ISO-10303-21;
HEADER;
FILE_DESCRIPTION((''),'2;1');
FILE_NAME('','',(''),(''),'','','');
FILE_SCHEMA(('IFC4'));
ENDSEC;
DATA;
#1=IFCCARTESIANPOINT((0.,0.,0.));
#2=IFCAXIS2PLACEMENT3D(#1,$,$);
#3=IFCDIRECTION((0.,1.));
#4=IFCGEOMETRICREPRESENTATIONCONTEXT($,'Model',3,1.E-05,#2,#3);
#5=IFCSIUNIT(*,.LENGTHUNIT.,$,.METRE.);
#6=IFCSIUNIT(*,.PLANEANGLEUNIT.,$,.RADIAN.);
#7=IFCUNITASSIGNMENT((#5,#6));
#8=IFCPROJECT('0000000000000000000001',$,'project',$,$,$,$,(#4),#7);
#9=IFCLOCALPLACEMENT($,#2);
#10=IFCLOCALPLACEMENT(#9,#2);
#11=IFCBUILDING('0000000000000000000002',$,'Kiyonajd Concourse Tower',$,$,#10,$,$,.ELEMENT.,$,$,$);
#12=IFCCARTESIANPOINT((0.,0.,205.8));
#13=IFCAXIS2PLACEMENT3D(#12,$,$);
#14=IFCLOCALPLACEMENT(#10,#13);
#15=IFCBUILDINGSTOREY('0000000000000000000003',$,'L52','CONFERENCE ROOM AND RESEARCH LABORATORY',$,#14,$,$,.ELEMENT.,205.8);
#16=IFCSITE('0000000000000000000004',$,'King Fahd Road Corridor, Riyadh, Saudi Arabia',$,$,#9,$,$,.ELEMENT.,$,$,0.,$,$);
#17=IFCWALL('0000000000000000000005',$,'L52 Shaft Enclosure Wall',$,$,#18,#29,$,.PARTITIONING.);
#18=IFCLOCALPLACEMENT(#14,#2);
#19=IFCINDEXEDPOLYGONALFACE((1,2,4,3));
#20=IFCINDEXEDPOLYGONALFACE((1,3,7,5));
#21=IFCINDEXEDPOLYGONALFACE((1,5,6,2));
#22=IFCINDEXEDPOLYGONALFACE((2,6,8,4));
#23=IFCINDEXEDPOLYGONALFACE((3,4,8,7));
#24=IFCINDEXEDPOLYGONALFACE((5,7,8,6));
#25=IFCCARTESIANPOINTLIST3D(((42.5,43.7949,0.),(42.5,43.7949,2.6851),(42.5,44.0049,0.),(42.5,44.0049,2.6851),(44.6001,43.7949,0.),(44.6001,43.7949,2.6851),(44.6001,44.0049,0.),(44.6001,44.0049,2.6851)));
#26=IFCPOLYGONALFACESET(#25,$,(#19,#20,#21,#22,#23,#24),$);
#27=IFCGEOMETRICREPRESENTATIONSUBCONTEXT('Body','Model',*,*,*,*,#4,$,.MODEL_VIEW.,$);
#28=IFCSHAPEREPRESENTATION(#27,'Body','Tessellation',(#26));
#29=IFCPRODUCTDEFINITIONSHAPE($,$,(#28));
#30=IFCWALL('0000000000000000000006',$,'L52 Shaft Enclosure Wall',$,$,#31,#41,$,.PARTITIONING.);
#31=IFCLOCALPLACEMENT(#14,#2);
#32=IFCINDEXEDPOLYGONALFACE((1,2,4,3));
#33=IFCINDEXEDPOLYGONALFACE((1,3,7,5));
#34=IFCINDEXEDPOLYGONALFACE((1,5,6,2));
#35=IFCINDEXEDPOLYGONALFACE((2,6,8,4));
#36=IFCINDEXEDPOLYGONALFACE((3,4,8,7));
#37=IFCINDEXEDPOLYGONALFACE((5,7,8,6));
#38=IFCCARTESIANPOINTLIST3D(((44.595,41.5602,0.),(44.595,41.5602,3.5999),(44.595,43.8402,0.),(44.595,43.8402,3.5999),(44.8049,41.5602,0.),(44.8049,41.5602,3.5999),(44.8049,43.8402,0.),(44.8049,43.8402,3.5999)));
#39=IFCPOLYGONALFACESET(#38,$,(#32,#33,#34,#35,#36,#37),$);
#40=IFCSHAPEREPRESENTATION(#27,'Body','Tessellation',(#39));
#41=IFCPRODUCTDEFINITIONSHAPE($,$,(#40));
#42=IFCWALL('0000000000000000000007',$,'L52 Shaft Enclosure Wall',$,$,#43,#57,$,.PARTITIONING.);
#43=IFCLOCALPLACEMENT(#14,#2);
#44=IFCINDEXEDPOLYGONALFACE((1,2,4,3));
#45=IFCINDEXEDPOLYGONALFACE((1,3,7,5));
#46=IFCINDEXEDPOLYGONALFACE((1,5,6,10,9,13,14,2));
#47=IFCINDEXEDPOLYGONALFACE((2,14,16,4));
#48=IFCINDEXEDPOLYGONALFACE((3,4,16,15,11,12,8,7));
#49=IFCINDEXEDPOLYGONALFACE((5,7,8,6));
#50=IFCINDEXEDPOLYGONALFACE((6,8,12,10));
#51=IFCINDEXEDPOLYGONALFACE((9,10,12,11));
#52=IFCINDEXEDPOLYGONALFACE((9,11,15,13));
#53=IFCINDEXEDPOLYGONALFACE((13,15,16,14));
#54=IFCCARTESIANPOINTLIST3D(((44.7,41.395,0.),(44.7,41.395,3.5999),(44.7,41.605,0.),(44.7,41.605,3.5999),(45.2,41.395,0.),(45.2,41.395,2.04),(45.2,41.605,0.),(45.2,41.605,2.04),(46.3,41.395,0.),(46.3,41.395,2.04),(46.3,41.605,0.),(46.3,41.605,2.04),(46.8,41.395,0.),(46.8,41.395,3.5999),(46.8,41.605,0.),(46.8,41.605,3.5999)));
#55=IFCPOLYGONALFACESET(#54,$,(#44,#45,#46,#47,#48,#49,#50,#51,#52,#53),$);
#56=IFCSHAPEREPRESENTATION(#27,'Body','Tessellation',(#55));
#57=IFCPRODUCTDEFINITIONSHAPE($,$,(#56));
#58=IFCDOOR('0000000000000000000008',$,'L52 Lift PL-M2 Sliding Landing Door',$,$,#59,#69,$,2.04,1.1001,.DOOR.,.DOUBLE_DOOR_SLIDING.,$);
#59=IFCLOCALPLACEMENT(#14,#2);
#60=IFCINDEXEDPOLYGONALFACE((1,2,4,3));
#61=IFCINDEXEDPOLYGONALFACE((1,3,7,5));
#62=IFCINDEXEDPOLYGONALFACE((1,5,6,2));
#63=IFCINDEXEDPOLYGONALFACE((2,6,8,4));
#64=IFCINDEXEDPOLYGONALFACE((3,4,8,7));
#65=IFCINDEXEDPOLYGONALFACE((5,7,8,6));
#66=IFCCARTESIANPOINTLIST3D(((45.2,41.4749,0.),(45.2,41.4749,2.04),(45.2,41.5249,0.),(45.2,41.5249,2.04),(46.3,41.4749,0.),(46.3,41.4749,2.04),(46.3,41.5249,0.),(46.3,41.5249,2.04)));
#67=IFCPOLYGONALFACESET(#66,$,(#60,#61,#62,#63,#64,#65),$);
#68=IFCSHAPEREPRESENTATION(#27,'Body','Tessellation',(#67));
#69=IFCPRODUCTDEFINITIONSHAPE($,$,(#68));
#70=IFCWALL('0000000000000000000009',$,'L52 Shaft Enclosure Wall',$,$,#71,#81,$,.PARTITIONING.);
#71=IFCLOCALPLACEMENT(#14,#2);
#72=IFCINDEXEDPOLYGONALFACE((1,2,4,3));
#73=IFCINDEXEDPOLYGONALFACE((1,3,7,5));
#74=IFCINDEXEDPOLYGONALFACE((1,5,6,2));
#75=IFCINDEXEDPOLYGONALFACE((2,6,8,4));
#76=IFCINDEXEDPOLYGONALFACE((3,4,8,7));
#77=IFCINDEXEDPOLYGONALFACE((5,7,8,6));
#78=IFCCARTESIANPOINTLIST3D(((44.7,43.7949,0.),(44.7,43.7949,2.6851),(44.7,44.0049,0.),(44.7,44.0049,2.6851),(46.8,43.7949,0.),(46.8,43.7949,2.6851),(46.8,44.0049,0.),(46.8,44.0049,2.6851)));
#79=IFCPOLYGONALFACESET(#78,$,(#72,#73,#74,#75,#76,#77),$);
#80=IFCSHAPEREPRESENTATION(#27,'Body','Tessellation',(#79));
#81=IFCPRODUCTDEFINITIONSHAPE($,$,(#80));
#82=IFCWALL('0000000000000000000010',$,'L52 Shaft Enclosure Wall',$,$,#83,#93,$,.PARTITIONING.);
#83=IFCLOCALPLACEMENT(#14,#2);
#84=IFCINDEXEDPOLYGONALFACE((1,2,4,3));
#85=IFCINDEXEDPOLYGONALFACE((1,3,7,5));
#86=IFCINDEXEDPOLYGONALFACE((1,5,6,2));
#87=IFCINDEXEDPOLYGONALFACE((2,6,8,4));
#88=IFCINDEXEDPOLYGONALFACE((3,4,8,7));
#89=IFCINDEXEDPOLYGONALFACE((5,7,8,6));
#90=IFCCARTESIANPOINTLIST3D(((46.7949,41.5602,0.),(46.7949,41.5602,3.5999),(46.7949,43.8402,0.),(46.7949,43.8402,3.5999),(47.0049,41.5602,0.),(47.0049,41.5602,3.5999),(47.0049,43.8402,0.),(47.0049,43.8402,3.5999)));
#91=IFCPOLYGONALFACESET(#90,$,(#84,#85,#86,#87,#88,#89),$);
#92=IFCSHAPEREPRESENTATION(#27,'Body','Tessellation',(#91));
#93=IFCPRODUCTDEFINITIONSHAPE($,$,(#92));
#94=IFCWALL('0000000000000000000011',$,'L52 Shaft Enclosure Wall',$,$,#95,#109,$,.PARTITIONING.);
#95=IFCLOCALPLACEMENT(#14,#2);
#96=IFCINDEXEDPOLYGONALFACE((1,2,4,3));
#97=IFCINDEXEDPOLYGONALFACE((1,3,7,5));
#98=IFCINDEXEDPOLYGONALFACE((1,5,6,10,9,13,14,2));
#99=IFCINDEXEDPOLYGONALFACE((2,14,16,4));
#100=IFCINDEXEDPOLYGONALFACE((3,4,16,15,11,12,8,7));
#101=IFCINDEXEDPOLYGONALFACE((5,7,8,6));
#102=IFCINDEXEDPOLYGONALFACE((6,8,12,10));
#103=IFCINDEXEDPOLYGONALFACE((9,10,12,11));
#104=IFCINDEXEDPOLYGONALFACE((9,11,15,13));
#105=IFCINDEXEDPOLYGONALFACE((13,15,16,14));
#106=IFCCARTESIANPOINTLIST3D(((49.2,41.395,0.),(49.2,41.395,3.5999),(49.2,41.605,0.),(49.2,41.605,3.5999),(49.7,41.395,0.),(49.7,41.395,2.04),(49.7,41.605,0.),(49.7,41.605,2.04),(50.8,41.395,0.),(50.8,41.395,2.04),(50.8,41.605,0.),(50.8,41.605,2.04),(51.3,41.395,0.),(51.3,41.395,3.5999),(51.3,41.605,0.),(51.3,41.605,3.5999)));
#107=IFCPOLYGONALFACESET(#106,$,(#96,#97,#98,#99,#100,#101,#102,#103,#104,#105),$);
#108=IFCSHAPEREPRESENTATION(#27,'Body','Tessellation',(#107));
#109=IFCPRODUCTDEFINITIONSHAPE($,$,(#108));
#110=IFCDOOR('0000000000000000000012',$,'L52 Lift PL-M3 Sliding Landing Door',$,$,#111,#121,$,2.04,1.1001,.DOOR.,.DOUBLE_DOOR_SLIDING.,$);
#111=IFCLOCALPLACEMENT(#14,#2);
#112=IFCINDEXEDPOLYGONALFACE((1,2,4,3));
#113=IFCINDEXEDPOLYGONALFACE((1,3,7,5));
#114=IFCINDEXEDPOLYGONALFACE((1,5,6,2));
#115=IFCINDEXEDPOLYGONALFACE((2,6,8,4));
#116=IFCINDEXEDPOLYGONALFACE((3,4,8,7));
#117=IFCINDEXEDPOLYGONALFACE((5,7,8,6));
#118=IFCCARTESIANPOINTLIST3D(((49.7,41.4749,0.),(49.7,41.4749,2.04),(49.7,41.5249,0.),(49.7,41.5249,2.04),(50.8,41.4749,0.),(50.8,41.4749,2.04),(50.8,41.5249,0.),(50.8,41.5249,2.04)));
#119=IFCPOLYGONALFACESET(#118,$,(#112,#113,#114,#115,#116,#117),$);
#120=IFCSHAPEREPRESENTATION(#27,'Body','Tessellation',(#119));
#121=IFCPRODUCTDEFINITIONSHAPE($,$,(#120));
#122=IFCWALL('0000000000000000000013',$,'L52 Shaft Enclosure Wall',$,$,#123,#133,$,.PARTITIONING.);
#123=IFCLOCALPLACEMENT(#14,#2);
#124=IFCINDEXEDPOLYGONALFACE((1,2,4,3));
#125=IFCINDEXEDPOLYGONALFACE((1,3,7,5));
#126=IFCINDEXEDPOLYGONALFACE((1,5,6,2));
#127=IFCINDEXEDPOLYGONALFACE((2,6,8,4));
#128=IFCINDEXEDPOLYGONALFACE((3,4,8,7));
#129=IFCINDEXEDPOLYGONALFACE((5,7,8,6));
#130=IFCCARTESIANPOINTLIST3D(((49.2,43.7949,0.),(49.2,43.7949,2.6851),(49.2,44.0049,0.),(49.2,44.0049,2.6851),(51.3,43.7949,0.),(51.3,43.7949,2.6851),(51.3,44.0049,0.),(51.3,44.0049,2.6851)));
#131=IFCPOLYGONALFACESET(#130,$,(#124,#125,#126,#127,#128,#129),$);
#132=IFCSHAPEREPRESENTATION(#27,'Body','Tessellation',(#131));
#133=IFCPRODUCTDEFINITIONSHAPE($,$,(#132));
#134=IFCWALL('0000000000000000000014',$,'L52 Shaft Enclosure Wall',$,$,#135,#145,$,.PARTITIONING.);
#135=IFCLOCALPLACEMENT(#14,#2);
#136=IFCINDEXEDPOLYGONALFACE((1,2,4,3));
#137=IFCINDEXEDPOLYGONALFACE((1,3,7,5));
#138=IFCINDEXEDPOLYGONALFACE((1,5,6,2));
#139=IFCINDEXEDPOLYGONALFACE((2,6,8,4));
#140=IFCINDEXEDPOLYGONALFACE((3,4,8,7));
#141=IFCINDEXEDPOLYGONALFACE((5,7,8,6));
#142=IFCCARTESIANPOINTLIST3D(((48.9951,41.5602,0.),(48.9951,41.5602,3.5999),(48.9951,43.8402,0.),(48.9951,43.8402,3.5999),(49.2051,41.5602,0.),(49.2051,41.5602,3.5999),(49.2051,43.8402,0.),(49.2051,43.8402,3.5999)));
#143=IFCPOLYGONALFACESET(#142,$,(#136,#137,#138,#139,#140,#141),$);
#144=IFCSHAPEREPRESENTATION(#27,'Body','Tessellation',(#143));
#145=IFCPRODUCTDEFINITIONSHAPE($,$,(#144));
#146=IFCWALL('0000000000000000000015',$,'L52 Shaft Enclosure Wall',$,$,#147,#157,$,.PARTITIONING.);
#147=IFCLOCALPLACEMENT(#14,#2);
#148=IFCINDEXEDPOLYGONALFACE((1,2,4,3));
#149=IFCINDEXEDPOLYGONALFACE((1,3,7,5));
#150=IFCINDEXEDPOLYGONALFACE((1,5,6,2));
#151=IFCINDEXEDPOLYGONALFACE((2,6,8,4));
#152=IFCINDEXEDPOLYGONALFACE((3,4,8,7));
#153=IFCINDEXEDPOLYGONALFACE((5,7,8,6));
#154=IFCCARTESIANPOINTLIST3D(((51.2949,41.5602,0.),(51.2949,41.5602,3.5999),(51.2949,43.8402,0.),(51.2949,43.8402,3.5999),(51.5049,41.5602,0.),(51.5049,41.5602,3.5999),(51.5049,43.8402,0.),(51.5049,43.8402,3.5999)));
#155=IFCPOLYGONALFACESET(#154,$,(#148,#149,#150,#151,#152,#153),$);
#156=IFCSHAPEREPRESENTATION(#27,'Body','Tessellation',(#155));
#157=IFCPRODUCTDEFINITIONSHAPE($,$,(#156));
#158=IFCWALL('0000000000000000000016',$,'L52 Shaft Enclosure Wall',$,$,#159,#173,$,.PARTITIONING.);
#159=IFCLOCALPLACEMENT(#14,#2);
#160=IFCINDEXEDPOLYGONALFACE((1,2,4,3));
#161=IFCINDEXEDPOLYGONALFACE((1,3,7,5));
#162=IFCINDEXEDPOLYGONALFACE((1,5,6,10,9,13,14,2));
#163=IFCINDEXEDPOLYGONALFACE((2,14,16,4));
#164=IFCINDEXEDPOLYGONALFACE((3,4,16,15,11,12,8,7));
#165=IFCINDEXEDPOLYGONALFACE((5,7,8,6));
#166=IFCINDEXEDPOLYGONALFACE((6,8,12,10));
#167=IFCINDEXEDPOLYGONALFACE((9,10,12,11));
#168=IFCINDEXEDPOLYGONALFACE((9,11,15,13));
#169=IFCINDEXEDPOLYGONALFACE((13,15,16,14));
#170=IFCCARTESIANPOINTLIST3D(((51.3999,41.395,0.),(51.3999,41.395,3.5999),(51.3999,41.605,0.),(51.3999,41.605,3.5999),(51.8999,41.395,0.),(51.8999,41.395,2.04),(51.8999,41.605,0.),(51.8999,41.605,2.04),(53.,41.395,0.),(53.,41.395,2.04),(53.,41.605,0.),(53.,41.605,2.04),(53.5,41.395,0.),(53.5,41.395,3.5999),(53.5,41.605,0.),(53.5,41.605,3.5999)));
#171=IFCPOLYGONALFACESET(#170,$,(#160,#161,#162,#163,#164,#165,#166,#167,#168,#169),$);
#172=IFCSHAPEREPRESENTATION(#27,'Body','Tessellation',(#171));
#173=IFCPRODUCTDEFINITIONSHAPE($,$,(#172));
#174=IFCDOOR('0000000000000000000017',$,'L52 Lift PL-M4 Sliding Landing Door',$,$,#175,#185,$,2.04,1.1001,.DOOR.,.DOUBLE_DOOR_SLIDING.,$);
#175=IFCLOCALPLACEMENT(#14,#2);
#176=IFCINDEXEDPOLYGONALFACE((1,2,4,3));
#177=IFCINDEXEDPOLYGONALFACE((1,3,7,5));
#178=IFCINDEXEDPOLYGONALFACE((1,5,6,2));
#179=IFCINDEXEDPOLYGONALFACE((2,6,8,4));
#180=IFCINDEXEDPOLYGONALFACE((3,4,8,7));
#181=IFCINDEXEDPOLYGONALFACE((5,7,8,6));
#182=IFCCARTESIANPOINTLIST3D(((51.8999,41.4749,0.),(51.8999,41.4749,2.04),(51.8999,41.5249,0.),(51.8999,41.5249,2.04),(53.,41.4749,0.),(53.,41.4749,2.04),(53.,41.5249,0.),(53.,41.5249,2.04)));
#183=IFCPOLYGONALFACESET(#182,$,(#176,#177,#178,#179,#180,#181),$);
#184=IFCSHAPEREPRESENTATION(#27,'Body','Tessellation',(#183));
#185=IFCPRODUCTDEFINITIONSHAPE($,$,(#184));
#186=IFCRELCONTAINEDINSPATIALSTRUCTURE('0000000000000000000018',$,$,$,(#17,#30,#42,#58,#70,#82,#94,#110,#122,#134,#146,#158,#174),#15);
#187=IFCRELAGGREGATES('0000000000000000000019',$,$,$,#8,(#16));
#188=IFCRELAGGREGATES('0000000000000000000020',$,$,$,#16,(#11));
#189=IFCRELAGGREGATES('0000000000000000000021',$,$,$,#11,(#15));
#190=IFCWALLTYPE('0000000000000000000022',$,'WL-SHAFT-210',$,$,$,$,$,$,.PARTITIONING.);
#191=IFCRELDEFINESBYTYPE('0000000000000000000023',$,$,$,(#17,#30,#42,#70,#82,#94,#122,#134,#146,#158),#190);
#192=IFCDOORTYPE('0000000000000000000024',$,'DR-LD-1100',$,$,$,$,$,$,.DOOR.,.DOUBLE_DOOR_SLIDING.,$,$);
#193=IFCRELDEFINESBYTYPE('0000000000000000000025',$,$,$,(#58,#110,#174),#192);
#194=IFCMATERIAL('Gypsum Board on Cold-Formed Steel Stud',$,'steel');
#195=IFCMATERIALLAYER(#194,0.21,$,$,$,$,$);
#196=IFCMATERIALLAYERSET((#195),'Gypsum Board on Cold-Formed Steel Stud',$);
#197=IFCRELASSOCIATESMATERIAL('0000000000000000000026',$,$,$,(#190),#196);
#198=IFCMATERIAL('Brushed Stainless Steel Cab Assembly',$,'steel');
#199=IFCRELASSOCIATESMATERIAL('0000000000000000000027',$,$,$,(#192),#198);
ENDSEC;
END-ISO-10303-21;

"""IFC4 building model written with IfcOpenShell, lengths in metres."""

from ifc_helpers import new_model, si_unit, direction, frame, frame_2d, origin, place, context, subcontext, project, spatial, rectangle, extrude, material, layer, layer_set, type_object, element, fill, save


model = new_model("IFC4")

# Units and contexts
model_context = context("Model", 3, precision=1e-05, world=origin(), true_north=direction((0.0, 1.0)))
body_context = subcontext(model_context, "Body", "Model", "MODEL_VIEW")
ifc_project = project(units=[si_unit("LENGTHUNIT", "METRE"), si_unit("PLANEANGLEUNIT", "RADIAN")], contexts=[model_context])

# Site, building, storey
site_placement = place(None, origin())
site = spatial("IfcSite", under=ifc_project, at=site_placement, Name="King Fahd Road Corridor, Riyadh, Saudi Arabia", CompositionType="ELEMENT", RefElevation=0.0)
building_placement = place(site_placement, origin())
building = spatial("IfcBuilding", under=site, at=building_placement, Name="Kiyonajd Concourse Tower", CompositionType="ELEMENT")
storey_placement = place(building_placement, frame((0.0, 0.0, 205.8)))
storey = spatial("IfcBuildingStorey", under=building, at=storey_placement, Name="L52", Description="CONFERENCE ROOM AND RESEARCH LABORATORY", CompositionType="ELEMENT", Elevation=205.8)

# Shared definitions
ifc_material_1 = material(Name="Gypsum Board on Cold-Formed Steel Stud", Category="steel")
ifc_layer_1 = layer(ifc_material_1, 0.21)
ifc_layer_set_1 = layer_set([ifc_layer_1], Name="Gypsum Board on Cold-Formed Steel Stud")
wall_type_1 = type_object("IfcWallType", Name="WL-SHAFT-210", PredefinedType="PARTITIONING", material=ifc_layer_set_1)
ifc_material_2 = material(Name="Brushed Stainless Steel Cab Assembly", Category="steel")
door_type_1 = type_object("IfcDoorType", Name="DR-LD-1100", OperationType="DOUBLE_DOOR_SLIDING", PredefinedType="DOOR", material=ifc_material_2)

# Walls
wall_1_placement = place(storey_placement, frame((42.5, 43.8999, 0.0), z_axis=(0.0, 0.0, 1.0), x_axis=(1.0, 0.0, 0.0)))
element("IfcWall", 1, at=wall_1_placement, inside=storey, type_object=wall_type_1, Name="L52 Shaft Enclosure Wall", PredefinedType="PARTITIONING", context=body_context, shape_type="SweptSolid", body=[
    extrude(rectangle(XDim=2.1001, YDim=0.21, at=frame_2d((1.05, 0.0))), origin(), (0.0, 0.0, 1.0), 2.6851),
])
wall_2_placement = place(storey_placement, frame((44.7, 41.5601, 0.0), z_axis=(0.0, 0.0, 1.0), x_axis=(0.0, 1.0, 0.0)))
element("IfcWall", 2, at=wall_2_placement, inside=storey, type_object=wall_type_1, Name="L52 Shaft Enclosure Wall", PredefinedType="PARTITIONING", context=body_context, shape_type="SweptSolid", body=[
    extrude(rectangle(XDim=2.28, YDim=0.21, at=frame_2d((1.1401, 0.0))), origin(), (0.0, 0.0, 1.0), 3.5999),
])

# Wall, opening, door
wall_3_placement = place(storey_placement, frame((44.7, 41.5, 0.0), z_axis=(0.0, 0.0, 1.0), x_axis=(1.0, 0.0, 0.0)))
wall_3 = element("IfcWall", 3, at=wall_3_placement, inside=storey, type_object=wall_type_1, Name="L52 Shaft Enclosure Wall", PredefinedType="PARTITIONING", context=body_context, shape_type="SweptSolid", body=[
    extrude(rectangle(XDim=2.1001, YDim=0.21, at=frame_2d((1.05, 0.0))), origin(), (0.0, 0.0, 1.0), 3.5999),
])
opening_1_placement = place(wall_3_placement, frame((0.5, 0.0, 0.0)))
opening_1 = element("IfcOpeningElement", 4, at=opening_1_placement, cuts=wall_3, PredefinedType="OPENING", context=body_context, shape_type="SweptSolid", body=[
    extrude(rectangle(XDim=1.1001, YDim=2.04, at=frame_2d((0.55, 1.02))), frame((0.0, 0.115, 0.0), z_axis=(0.0, -1.0, 0.0), x_axis=(1.0, 0.0, 0.0)), (0.0, 0.0, 1.0), 0.23),
])
door_1_placement = place(opening_1_placement, origin())
door_1 = element("IfcDoor", 5, at=door_1_placement, inside=storey, type_object=door_type_1, Name="L52 Lift PL-M2 Sliding Landing Door", OperationType="DOUBLE_DOOR_SLIDING", OverallHeight=2.04, OverallWidth=1.1001, PredefinedType="DOOR", context=body_context, shape_type="SweptSolid", body=[
    extrude(rectangle(XDim=1.1001, YDim=2.04, at=frame_2d((0.55, 1.02))), frame((0.0, 0.0249, 0.0), z_axis=(0.0, -1.0, 0.0), x_axis=(1.0, 0.0, 0.0)), (0.0, 0.0, 1.0), 0.05),
])
fill(opening_1, door_1)

# Walls
wall_4_placement = place(storey_placement, frame((44.7, 43.8999, 0.0), z_axis=(0.0, 0.0, 1.0), x_axis=(1.0, 0.0, 0.0)))
element("IfcWall", 6, at=wall_4_placement, inside=storey, type_object=wall_type_1, Name="L52 Shaft Enclosure Wall", PredefinedType="PARTITIONING", context=body_context, shape_type="SweptSolid", body=[
    extrude(rectangle(XDim=2.1001, YDim=0.21, at=frame_2d((1.05, 0.0))), origin(), (0.0, 0.0, 1.0), 2.6851),
])
wall_5_placement = place(storey_placement, frame((46.8999, 41.5601, 0.0), z_axis=(0.0, 0.0, 1.0), x_axis=(0.0, 1.0, 0.0)))
element("IfcWall", 7, at=wall_5_placement, inside=storey, type_object=wall_type_1, Name="L52 Shaft Enclosure Wall", PredefinedType="PARTITIONING", context=body_context, shape_type="SweptSolid", body=[
    extrude(rectangle(XDim=2.28, YDim=0.21, at=frame_2d((1.1401, 0.0))), origin(), (0.0, 0.0, 1.0), 3.5999),
])

# Wall, opening, door
wall_6_placement = place(storey_placement, frame((49.2, 41.5, 0.0), z_axis=(0.0, 0.0, 1.0), x_axis=(1.0, 0.0, 0.0)))
wall_6 = element("IfcWall", 8, at=wall_6_placement, inside=storey, type_object=wall_type_1, Name="L52 Shaft Enclosure Wall", PredefinedType="PARTITIONING", context=body_context, shape_type="SweptSolid", body=[
    extrude(rectangle(XDim=2.1001, YDim=0.21, at=frame_2d((1.05, 0.0))), origin(), (0.0, 0.0, 1.0), 3.5999),
])
opening_2_placement = place(wall_6_placement, frame((0.5, 0.0, 0.0)))
opening_2 = element("IfcOpeningElement", 9, at=opening_2_placement, cuts=wall_6, PredefinedType="OPENING", context=body_context, shape_type="SweptSolid", body=[
    extrude(rectangle(XDim=1.1001, YDim=2.04, at=frame_2d((0.55, 1.02))), frame((0.0, 0.115, 0.0), z_axis=(0.0, -1.0, 0.0), x_axis=(1.0, 0.0, 0.0)), (0.0, 0.0, 1.0), 0.23),
])
door_2_placement = place(opening_2_placement, origin())
door_2 = element("IfcDoor", 10, at=door_2_placement, inside=storey, type_object=door_type_1, Name="L52 Lift PL-M3 Sliding Landing Door", OperationType="DOUBLE_DOOR_SLIDING", OverallHeight=2.04, OverallWidth=1.1001, PredefinedType="DOOR", context=body_context, shape_type="SweptSolid", body=[
    extrude(rectangle(XDim=1.1001, YDim=2.04, at=frame_2d((0.55, 1.02))), frame((0.0, 0.0249, 0.0), z_axis=(0.0, -1.0, 0.0), x_axis=(1.0, 0.0, 0.0)), (0.0, 0.0, 1.0), 0.05),
])
fill(opening_2, door_2)

# Walls
wall_7_placement = place(storey_placement, frame((49.2, 43.8999, 0.0), z_axis=(0.0, 0.0, 1.0), x_axis=(1.0, 0.0, 0.0)))
element("IfcWall", 11, at=wall_7_placement, inside=storey, type_object=wall_type_1, Name="L52 Shaft Enclosure Wall", PredefinedType="PARTITIONING", context=body_context, shape_type="SweptSolid", body=[
    extrude(rectangle(XDim=2.1001, YDim=0.21, at=frame_2d((1.05, 0.0))), origin(), (0.0, 0.0, 1.0), 2.6851),
])
for number, where, z_axis, x_axis, name in (
    (12, (49.1001, 41.5601, 0.0), (0.0, 0.0, 1.0), (0.0, 1.0, 0.0), "L52 Shaft Enclosure Wall"),
    (13, (51.3999, 41.5601, 0.0), (0.0, 0.0, 1.0), (0.0, 1.0, 0.0), "L52 Shaft Enclosure Wall"),
):
    element("IfcWall", number, at=place(storey_placement, frame(where, z_axis=z_axis, x_axis=x_axis)), inside=storey, type_object=wall_type_1, Name=name, PredefinedType="PARTITIONING", context=body_context, shape_type="SweptSolid", body=[
        extrude(rectangle(XDim=2.28, YDim=0.21, at=frame_2d((1.1401, 0.0))), origin(), (0.0, 0.0, 1.0), 3.5999),
    ])

# Wall, opening, door
wall_8_placement = place(storey_placement, frame((51.3999, 41.5, 0.0), z_axis=(0.0, 0.0, 1.0), x_axis=(1.0, 0.0, 0.0)))
wall_8 = element("IfcWall", 14, at=wall_8_placement, inside=storey, type_object=wall_type_1, Name="L52 Shaft Enclosure Wall", PredefinedType="PARTITIONING", context=body_context, shape_type="SweptSolid", body=[
    extrude(rectangle(XDim=2.1001, YDim=0.21, at=frame_2d((1.05, 0.0))), origin(), (0.0, 0.0, 1.0), 3.5999),
])
opening_3_placement = place(wall_8_placement, frame((0.5, 0.0, 0.0)))
opening_3 = element("IfcOpeningElement", 15, at=opening_3_placement, cuts=wall_8, PredefinedType="OPENING", context=body_context, shape_type="SweptSolid", body=[
    extrude(rectangle(XDim=1.1001, YDim=2.04, at=frame_2d((0.55, 1.02))), frame((0.0, 0.115, 0.0), z_axis=(0.0, -1.0, 0.0), x_axis=(1.0, 0.0, 0.0)), (0.0, 0.0, 1.0), 0.23),
])
door_3_placement = place(opening_3_placement, origin())
door_3 = element("IfcDoor", 16, at=door_3_placement, inside=storey, type_object=door_type_1, Name="L52 Lift PL-M4 Sliding Landing Door", OperationType="DOUBLE_DOOR_SLIDING", OverallHeight=2.04, OverallWidth=1.1001, PredefinedType="DOOR", context=body_context, shape_type="SweptSolid", body=[
    extrude(rectangle(XDim=1.1001, YDim=2.04, at=frame_2d((0.55, 1.02))), frame((0.0, 0.0249, 0.0), z_axis=(0.0, -1.0, 0.0), x_axis=(1.0, 0.0, 0.0)), (0.0, 0.0, 1.0), 0.05),
])
fill(opening_3, door_3)

save(model, "model.ifc")
